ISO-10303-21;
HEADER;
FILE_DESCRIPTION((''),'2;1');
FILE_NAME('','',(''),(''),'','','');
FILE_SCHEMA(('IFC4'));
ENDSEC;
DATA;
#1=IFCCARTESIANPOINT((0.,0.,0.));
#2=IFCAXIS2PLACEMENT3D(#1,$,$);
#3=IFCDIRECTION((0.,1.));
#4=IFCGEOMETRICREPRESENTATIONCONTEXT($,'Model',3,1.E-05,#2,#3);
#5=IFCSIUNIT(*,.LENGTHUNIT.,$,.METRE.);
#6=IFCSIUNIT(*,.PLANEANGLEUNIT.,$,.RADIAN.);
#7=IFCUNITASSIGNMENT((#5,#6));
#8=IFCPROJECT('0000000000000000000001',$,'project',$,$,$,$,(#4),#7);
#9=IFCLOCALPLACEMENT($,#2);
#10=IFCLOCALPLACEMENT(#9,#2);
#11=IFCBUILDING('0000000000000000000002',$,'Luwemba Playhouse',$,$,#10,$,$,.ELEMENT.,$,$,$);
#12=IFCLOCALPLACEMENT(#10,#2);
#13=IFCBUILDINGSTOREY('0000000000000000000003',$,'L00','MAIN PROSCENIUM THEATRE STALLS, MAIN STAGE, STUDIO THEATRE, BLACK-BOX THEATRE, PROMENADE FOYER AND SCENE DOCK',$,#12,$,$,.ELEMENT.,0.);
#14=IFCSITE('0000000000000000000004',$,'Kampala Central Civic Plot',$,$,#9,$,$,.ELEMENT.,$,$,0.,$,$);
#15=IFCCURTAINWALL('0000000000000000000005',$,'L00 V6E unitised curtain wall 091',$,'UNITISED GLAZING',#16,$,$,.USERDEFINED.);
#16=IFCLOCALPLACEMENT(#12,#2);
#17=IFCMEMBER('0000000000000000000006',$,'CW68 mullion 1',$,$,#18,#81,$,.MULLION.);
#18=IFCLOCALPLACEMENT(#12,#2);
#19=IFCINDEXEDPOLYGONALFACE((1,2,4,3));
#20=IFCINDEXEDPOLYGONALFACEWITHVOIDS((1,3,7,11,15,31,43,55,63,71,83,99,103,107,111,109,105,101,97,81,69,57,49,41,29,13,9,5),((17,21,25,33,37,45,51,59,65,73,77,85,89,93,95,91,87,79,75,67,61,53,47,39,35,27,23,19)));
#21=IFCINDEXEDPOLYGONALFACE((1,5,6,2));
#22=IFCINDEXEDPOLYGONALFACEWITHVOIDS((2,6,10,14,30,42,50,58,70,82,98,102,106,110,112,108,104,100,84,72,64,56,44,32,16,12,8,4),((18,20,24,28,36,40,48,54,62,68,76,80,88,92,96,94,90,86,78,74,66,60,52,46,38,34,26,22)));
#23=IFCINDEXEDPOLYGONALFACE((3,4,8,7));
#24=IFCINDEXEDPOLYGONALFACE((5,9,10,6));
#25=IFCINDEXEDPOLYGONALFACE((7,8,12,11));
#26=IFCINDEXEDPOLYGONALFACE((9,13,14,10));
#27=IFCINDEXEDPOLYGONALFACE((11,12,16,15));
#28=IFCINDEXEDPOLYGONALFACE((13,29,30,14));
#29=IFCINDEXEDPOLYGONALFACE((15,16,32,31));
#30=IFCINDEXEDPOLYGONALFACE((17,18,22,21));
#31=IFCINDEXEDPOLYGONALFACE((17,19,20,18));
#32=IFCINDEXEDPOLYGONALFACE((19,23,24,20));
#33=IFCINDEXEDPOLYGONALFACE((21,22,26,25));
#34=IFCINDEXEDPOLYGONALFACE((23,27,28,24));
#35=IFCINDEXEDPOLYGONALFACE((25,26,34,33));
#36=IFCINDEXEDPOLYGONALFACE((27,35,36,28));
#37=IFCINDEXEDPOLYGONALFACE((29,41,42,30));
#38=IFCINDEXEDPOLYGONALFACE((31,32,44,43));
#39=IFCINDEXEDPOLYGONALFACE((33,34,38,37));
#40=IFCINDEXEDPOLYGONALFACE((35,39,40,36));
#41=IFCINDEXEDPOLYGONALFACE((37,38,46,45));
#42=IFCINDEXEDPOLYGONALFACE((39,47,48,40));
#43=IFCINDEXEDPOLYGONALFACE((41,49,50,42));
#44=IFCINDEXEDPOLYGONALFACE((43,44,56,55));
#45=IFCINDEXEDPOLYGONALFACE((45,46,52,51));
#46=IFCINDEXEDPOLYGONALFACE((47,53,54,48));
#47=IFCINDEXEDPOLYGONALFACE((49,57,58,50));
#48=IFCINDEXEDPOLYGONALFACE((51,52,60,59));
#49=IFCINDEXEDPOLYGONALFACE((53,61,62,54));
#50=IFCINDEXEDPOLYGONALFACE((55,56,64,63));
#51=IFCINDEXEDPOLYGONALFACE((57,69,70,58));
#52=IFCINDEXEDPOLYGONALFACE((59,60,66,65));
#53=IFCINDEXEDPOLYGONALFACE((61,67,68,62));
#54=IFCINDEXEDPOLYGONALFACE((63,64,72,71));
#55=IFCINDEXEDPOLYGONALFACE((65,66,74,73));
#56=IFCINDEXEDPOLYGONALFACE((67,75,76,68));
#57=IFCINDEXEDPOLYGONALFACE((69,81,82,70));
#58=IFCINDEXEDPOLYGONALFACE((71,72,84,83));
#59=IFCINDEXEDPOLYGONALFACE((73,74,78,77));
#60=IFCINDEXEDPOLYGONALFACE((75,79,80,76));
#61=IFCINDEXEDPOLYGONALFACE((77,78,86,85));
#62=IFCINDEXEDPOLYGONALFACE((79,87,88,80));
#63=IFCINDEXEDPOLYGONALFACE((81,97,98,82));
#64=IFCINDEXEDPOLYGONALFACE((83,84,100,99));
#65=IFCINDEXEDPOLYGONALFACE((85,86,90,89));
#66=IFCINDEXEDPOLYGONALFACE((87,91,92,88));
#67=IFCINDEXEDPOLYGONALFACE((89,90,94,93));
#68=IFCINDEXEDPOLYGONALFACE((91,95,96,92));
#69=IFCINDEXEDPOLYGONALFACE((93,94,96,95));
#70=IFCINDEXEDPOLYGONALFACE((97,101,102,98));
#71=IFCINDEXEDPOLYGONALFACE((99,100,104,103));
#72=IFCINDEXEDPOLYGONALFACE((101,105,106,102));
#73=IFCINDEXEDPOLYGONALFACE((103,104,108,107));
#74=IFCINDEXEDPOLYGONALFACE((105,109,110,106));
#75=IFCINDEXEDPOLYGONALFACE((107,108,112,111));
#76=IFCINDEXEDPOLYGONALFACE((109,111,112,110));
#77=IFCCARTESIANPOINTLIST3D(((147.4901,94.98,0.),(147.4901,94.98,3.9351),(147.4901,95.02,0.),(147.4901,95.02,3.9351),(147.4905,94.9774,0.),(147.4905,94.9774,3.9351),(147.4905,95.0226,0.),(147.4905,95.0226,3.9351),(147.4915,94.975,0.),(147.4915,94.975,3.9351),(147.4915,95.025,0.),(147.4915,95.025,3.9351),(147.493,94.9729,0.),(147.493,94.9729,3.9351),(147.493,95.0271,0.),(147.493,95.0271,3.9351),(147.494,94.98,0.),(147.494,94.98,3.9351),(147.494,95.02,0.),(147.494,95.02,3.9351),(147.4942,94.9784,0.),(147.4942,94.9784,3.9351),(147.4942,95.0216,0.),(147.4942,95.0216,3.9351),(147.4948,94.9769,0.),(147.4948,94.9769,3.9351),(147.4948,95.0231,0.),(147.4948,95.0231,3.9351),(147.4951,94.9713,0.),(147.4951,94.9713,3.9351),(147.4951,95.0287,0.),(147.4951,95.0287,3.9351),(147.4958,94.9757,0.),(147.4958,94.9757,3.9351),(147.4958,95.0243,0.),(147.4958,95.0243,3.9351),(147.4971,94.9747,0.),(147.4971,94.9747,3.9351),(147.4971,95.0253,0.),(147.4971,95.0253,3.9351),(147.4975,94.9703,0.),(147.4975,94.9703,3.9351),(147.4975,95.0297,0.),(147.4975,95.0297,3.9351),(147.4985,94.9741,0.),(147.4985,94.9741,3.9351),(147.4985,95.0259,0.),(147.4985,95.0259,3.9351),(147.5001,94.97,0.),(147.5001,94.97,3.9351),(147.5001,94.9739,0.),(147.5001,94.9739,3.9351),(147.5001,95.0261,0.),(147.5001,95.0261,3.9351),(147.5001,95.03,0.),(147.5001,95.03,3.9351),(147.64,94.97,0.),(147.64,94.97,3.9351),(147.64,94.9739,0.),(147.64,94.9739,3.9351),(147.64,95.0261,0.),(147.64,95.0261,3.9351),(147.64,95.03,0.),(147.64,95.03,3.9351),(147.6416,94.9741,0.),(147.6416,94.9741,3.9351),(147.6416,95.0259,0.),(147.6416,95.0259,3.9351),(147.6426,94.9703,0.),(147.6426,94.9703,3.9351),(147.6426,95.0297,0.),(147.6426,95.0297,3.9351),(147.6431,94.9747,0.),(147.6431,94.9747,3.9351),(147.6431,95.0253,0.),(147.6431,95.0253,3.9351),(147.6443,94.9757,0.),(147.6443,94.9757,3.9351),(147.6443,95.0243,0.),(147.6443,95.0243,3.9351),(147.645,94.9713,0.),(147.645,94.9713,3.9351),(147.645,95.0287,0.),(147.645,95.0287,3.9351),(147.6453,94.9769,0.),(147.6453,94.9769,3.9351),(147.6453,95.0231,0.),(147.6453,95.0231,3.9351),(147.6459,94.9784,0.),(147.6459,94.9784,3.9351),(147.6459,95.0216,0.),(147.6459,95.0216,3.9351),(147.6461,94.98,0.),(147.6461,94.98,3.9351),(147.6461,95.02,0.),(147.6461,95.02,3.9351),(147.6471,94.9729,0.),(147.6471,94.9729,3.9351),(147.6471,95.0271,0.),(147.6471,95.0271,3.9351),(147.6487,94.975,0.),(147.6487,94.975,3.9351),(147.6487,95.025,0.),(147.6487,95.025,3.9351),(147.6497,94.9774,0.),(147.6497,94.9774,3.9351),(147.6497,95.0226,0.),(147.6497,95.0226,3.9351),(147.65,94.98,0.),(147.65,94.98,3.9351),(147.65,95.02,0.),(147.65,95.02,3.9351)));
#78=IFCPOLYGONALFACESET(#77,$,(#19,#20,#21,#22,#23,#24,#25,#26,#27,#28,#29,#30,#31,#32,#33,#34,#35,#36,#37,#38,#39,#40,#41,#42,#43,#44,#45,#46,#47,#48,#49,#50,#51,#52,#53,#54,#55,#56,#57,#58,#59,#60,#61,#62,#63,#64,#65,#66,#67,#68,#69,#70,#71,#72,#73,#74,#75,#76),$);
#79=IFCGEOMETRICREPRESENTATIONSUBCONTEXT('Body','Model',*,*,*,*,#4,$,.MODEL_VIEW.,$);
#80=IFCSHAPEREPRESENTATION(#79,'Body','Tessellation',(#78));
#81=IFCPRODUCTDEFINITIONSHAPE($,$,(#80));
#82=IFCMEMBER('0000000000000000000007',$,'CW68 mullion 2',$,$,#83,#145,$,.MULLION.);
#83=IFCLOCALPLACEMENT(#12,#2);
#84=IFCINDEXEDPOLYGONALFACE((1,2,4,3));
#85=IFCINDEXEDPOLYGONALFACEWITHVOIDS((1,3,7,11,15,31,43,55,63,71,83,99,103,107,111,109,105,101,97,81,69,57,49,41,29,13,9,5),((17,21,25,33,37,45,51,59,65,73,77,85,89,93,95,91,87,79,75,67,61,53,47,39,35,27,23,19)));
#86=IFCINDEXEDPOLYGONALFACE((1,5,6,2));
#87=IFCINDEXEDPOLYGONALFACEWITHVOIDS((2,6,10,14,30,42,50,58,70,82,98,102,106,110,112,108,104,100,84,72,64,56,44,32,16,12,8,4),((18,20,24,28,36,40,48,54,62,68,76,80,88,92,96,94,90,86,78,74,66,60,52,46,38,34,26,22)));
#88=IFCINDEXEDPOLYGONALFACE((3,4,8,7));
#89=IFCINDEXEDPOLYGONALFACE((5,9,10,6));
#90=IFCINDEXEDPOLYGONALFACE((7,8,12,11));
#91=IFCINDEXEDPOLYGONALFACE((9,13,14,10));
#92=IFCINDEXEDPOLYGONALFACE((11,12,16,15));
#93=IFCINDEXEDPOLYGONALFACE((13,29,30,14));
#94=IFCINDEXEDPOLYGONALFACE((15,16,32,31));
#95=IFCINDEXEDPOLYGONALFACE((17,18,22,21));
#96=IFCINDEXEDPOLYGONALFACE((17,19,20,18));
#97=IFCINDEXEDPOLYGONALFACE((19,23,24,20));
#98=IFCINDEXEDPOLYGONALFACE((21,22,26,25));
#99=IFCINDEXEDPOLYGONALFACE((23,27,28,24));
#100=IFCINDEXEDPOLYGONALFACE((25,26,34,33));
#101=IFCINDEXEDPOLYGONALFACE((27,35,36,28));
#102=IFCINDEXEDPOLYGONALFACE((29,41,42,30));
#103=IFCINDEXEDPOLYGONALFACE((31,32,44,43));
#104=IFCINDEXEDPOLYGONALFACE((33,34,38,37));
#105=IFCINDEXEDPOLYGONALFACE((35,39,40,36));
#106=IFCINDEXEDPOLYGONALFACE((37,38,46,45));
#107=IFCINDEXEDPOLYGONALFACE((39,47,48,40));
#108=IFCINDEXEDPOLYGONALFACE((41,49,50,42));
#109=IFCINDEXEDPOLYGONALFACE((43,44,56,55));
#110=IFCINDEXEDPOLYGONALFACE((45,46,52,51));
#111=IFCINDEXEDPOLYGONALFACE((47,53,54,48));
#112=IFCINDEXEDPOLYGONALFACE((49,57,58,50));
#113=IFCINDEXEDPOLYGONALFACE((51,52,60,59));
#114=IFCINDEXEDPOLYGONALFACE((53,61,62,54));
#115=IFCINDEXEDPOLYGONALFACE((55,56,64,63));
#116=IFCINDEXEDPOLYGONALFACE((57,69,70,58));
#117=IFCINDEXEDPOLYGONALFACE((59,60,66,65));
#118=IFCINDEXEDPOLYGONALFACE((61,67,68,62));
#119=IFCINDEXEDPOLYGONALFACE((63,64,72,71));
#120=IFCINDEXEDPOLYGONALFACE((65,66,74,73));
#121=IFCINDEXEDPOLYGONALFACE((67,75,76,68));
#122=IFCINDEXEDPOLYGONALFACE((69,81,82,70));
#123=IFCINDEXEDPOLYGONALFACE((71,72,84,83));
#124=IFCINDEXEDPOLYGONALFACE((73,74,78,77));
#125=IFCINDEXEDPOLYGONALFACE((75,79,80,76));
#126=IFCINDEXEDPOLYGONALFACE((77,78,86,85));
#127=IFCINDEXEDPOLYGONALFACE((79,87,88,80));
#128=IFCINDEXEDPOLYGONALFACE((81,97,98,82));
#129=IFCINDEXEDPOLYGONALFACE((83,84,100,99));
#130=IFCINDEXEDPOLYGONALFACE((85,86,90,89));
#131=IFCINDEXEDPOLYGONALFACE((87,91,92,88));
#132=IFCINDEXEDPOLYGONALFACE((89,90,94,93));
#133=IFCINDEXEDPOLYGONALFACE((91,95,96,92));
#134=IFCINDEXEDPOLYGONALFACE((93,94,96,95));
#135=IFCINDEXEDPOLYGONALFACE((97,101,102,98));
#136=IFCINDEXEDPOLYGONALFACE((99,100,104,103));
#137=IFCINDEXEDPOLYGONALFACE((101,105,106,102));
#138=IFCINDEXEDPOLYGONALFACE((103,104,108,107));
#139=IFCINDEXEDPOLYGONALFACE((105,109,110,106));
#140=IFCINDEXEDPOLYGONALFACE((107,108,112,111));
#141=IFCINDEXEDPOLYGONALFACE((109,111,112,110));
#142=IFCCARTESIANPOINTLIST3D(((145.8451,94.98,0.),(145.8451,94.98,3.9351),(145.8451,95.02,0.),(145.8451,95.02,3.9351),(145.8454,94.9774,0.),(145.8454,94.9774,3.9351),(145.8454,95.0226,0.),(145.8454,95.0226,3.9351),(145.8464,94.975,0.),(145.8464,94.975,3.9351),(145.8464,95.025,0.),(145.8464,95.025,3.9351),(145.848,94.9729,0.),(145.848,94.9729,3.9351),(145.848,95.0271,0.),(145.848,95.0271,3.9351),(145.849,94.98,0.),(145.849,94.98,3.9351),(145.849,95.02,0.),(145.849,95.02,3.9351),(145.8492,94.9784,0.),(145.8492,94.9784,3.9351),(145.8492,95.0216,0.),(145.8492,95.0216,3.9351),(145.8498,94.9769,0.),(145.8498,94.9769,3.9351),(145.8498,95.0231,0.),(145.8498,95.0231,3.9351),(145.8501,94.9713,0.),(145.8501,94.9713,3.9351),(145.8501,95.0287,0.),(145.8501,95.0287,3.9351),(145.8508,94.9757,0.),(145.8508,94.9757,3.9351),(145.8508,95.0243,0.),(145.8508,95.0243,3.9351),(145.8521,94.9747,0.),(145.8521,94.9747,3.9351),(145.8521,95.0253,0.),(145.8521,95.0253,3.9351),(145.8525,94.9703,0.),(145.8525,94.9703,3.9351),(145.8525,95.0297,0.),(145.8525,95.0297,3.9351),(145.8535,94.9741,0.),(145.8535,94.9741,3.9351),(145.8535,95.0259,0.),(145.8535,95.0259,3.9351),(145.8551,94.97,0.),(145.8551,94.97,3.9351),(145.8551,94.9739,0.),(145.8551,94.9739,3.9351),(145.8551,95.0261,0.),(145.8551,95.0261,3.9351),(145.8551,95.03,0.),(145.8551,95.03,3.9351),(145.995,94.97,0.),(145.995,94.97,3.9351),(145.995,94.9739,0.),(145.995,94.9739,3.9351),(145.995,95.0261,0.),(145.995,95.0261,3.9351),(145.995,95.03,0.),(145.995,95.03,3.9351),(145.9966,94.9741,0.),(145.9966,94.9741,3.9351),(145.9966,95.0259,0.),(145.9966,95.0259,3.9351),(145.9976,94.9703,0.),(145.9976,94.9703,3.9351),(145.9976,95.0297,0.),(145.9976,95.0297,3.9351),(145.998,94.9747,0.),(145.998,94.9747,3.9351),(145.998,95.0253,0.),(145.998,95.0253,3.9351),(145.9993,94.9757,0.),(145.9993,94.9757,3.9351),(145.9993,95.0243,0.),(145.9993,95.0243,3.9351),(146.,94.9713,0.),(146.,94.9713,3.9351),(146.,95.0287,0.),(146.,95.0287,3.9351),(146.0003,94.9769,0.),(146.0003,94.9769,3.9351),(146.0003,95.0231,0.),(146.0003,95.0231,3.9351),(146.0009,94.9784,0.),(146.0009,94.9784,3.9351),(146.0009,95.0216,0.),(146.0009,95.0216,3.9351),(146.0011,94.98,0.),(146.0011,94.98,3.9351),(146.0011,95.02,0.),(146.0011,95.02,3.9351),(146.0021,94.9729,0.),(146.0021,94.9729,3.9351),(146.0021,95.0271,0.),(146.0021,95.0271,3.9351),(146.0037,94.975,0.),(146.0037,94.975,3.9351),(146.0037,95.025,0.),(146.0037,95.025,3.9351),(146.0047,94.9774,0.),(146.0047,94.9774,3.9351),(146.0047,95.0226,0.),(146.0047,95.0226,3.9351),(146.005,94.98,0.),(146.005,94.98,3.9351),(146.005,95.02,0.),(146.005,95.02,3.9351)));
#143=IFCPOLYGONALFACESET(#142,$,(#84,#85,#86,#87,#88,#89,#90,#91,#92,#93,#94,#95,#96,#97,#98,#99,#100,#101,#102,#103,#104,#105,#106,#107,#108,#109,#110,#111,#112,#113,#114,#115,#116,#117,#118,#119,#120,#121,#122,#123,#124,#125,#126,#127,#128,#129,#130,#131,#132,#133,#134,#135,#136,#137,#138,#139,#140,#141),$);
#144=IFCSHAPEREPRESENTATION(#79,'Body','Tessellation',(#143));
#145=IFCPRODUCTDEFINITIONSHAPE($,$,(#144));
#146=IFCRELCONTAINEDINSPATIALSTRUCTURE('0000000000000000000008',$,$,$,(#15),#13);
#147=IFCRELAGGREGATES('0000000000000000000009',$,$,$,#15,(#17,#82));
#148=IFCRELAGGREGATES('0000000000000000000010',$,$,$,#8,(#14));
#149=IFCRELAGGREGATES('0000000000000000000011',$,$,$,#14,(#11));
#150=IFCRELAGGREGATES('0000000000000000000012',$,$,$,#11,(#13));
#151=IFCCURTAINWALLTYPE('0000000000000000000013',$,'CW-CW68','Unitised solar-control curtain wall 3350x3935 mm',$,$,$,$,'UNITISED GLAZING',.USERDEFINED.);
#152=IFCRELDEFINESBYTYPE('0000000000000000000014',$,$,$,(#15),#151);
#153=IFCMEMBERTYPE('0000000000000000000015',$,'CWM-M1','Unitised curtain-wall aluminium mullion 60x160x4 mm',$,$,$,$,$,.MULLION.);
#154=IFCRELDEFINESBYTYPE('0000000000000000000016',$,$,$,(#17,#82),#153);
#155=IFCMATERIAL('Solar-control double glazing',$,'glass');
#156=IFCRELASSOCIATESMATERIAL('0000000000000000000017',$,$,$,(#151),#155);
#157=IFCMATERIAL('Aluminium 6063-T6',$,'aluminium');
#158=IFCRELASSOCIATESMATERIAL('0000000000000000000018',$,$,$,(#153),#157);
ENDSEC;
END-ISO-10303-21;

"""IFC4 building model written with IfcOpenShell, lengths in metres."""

from ifc_helpers import new_model, si_unit, direction, frame, origin, origin_2d, place, context, subcontext, project, spatial, hollow_rectangle, extrude, material, material_profile, profile_set, type_object, element, aggregate, save


model = new_model("IFC4")

# Units and contexts
model_context = context("Model", 3, precision=1e-05, world=origin(), true_north=direction((0.0, 1.0)))
body_context = subcontext(model_context, "Body", "Model", "MODEL_VIEW")
ifc_project = project(units=[si_unit("LENGTHUNIT", "METRE"), si_unit("PLANEANGLEUNIT", "RADIAN")], contexts=[model_context])

# Site, building, storey
site_placement = place(None, origin())
site = spatial("IfcSite", under=ifc_project, at=site_placement, Name="Kampala Central Civic Plot", CompositionType="ELEMENT", RefElevation=0.0)
building_placement = place(site_placement, origin())
building = spatial("IfcBuilding", under=site, at=building_placement, Name="Luwemba Playhouse", CompositionType="ELEMENT")
storey_placement = place(building_placement, origin())
storey = spatial("IfcBuildingStorey", under=building, at=storey_placement, Name="L00", Description="MAIN PROSCENIUM THEATRE STALLS, MAIN STAGE, STUDIO THEATRE, BLACK-BOX THEATRE, PROMENADE FOYER AND SCENE DOCK", CompositionType="ELEMENT", Elevation=0.0)

# Curtain wall, members
ifc_material_1 = material(Name="Solar-control double glazing", Category="glass")
curtain_wall_type_1 = type_object("IfcCurtainWallType", Name="CW-CW68", Description="Unitised solar-control curtain wall 3350x3935 mm", ElementType="UNITISED GLAZING", PredefinedType="USERDEFINED", material=ifc_material_1)
curtain_wall_1_placement = place(storey_placement, origin())
curtain_wall_1 = element("IfcCurtainWall", 1, at=curtain_wall_1_placement, inside=storey, type_object=curtain_wall_type_1, Name="L00 V6E unitised curtain wall 091", ObjectType="UNITISED GLAZING", PredefinedType="USERDEFINED")
ifc_material_2 = material(Name="Aluminium 6063-T6", Category="aluminium")
ifc_material_profile_1 = material_profile(ifc_material_2, hollow_rectangle(XDim=0.0601, YDim=0.1599, WallThickness=0.0039, InnerFilletRadius=0.0061, OuterFilletRadius=0.01, at=origin_2d()))
ifc_profile_set_1 = profile_set([ifc_material_profile_1], Name="Aluminium 6063-T6")
member_type_1 = type_object("IfcMemberType", Name="CWM-M1", Description="Unitised curtain-wall aluminium mullion 60x160x4 mm", PredefinedType="MULLION", material=ifc_profile_set_1)
member_1_placement = place(storey_placement, frame((147.5701, 95.0, 0.0), z_axis=(0.0, 0.0, 1.0), x_axis=(0.0, -1.0, 0.0)))
member_1 = element("IfcMember", 2, at=member_1_placement, type_object=member_type_1, Name="CW68 mullion 1", PredefinedType="MULLION", context=body_context, shape_type="SweptSolid", body=[
    extrude(hollow_rectangle(XDim=0.0601, YDim=0.1599, WallThickness=0.0039, InnerFilletRadius=0.0061, OuterFilletRadius=0.01, at=origin_2d()), origin(), (0.0, 0.0, 1.0), 3.9351),
])
member_2_placement = place(storey_placement, frame((145.925, 95.0, 0.0), z_axis=(0.0, 0.0, 1.0), x_axis=(0.0, -1.0, 0.0)))
member_2 = element("IfcMember", 3, at=member_2_placement, type_object=member_type_1, Name="CW68 mullion 2", PredefinedType="MULLION", context=body_context, shape_type="SweptSolid", body=[
    extrude(hollow_rectangle(XDim=0.0601, YDim=0.1599, WallThickness=0.0039, InnerFilletRadius=0.0061, OuterFilletRadius=0.01, at=origin_2d()), origin(), (0.0, 0.0, 1.0), 3.9351),
])

aggregate(curtain_wall_1, [member_1, member_2])

save(model, "model.ifc")
